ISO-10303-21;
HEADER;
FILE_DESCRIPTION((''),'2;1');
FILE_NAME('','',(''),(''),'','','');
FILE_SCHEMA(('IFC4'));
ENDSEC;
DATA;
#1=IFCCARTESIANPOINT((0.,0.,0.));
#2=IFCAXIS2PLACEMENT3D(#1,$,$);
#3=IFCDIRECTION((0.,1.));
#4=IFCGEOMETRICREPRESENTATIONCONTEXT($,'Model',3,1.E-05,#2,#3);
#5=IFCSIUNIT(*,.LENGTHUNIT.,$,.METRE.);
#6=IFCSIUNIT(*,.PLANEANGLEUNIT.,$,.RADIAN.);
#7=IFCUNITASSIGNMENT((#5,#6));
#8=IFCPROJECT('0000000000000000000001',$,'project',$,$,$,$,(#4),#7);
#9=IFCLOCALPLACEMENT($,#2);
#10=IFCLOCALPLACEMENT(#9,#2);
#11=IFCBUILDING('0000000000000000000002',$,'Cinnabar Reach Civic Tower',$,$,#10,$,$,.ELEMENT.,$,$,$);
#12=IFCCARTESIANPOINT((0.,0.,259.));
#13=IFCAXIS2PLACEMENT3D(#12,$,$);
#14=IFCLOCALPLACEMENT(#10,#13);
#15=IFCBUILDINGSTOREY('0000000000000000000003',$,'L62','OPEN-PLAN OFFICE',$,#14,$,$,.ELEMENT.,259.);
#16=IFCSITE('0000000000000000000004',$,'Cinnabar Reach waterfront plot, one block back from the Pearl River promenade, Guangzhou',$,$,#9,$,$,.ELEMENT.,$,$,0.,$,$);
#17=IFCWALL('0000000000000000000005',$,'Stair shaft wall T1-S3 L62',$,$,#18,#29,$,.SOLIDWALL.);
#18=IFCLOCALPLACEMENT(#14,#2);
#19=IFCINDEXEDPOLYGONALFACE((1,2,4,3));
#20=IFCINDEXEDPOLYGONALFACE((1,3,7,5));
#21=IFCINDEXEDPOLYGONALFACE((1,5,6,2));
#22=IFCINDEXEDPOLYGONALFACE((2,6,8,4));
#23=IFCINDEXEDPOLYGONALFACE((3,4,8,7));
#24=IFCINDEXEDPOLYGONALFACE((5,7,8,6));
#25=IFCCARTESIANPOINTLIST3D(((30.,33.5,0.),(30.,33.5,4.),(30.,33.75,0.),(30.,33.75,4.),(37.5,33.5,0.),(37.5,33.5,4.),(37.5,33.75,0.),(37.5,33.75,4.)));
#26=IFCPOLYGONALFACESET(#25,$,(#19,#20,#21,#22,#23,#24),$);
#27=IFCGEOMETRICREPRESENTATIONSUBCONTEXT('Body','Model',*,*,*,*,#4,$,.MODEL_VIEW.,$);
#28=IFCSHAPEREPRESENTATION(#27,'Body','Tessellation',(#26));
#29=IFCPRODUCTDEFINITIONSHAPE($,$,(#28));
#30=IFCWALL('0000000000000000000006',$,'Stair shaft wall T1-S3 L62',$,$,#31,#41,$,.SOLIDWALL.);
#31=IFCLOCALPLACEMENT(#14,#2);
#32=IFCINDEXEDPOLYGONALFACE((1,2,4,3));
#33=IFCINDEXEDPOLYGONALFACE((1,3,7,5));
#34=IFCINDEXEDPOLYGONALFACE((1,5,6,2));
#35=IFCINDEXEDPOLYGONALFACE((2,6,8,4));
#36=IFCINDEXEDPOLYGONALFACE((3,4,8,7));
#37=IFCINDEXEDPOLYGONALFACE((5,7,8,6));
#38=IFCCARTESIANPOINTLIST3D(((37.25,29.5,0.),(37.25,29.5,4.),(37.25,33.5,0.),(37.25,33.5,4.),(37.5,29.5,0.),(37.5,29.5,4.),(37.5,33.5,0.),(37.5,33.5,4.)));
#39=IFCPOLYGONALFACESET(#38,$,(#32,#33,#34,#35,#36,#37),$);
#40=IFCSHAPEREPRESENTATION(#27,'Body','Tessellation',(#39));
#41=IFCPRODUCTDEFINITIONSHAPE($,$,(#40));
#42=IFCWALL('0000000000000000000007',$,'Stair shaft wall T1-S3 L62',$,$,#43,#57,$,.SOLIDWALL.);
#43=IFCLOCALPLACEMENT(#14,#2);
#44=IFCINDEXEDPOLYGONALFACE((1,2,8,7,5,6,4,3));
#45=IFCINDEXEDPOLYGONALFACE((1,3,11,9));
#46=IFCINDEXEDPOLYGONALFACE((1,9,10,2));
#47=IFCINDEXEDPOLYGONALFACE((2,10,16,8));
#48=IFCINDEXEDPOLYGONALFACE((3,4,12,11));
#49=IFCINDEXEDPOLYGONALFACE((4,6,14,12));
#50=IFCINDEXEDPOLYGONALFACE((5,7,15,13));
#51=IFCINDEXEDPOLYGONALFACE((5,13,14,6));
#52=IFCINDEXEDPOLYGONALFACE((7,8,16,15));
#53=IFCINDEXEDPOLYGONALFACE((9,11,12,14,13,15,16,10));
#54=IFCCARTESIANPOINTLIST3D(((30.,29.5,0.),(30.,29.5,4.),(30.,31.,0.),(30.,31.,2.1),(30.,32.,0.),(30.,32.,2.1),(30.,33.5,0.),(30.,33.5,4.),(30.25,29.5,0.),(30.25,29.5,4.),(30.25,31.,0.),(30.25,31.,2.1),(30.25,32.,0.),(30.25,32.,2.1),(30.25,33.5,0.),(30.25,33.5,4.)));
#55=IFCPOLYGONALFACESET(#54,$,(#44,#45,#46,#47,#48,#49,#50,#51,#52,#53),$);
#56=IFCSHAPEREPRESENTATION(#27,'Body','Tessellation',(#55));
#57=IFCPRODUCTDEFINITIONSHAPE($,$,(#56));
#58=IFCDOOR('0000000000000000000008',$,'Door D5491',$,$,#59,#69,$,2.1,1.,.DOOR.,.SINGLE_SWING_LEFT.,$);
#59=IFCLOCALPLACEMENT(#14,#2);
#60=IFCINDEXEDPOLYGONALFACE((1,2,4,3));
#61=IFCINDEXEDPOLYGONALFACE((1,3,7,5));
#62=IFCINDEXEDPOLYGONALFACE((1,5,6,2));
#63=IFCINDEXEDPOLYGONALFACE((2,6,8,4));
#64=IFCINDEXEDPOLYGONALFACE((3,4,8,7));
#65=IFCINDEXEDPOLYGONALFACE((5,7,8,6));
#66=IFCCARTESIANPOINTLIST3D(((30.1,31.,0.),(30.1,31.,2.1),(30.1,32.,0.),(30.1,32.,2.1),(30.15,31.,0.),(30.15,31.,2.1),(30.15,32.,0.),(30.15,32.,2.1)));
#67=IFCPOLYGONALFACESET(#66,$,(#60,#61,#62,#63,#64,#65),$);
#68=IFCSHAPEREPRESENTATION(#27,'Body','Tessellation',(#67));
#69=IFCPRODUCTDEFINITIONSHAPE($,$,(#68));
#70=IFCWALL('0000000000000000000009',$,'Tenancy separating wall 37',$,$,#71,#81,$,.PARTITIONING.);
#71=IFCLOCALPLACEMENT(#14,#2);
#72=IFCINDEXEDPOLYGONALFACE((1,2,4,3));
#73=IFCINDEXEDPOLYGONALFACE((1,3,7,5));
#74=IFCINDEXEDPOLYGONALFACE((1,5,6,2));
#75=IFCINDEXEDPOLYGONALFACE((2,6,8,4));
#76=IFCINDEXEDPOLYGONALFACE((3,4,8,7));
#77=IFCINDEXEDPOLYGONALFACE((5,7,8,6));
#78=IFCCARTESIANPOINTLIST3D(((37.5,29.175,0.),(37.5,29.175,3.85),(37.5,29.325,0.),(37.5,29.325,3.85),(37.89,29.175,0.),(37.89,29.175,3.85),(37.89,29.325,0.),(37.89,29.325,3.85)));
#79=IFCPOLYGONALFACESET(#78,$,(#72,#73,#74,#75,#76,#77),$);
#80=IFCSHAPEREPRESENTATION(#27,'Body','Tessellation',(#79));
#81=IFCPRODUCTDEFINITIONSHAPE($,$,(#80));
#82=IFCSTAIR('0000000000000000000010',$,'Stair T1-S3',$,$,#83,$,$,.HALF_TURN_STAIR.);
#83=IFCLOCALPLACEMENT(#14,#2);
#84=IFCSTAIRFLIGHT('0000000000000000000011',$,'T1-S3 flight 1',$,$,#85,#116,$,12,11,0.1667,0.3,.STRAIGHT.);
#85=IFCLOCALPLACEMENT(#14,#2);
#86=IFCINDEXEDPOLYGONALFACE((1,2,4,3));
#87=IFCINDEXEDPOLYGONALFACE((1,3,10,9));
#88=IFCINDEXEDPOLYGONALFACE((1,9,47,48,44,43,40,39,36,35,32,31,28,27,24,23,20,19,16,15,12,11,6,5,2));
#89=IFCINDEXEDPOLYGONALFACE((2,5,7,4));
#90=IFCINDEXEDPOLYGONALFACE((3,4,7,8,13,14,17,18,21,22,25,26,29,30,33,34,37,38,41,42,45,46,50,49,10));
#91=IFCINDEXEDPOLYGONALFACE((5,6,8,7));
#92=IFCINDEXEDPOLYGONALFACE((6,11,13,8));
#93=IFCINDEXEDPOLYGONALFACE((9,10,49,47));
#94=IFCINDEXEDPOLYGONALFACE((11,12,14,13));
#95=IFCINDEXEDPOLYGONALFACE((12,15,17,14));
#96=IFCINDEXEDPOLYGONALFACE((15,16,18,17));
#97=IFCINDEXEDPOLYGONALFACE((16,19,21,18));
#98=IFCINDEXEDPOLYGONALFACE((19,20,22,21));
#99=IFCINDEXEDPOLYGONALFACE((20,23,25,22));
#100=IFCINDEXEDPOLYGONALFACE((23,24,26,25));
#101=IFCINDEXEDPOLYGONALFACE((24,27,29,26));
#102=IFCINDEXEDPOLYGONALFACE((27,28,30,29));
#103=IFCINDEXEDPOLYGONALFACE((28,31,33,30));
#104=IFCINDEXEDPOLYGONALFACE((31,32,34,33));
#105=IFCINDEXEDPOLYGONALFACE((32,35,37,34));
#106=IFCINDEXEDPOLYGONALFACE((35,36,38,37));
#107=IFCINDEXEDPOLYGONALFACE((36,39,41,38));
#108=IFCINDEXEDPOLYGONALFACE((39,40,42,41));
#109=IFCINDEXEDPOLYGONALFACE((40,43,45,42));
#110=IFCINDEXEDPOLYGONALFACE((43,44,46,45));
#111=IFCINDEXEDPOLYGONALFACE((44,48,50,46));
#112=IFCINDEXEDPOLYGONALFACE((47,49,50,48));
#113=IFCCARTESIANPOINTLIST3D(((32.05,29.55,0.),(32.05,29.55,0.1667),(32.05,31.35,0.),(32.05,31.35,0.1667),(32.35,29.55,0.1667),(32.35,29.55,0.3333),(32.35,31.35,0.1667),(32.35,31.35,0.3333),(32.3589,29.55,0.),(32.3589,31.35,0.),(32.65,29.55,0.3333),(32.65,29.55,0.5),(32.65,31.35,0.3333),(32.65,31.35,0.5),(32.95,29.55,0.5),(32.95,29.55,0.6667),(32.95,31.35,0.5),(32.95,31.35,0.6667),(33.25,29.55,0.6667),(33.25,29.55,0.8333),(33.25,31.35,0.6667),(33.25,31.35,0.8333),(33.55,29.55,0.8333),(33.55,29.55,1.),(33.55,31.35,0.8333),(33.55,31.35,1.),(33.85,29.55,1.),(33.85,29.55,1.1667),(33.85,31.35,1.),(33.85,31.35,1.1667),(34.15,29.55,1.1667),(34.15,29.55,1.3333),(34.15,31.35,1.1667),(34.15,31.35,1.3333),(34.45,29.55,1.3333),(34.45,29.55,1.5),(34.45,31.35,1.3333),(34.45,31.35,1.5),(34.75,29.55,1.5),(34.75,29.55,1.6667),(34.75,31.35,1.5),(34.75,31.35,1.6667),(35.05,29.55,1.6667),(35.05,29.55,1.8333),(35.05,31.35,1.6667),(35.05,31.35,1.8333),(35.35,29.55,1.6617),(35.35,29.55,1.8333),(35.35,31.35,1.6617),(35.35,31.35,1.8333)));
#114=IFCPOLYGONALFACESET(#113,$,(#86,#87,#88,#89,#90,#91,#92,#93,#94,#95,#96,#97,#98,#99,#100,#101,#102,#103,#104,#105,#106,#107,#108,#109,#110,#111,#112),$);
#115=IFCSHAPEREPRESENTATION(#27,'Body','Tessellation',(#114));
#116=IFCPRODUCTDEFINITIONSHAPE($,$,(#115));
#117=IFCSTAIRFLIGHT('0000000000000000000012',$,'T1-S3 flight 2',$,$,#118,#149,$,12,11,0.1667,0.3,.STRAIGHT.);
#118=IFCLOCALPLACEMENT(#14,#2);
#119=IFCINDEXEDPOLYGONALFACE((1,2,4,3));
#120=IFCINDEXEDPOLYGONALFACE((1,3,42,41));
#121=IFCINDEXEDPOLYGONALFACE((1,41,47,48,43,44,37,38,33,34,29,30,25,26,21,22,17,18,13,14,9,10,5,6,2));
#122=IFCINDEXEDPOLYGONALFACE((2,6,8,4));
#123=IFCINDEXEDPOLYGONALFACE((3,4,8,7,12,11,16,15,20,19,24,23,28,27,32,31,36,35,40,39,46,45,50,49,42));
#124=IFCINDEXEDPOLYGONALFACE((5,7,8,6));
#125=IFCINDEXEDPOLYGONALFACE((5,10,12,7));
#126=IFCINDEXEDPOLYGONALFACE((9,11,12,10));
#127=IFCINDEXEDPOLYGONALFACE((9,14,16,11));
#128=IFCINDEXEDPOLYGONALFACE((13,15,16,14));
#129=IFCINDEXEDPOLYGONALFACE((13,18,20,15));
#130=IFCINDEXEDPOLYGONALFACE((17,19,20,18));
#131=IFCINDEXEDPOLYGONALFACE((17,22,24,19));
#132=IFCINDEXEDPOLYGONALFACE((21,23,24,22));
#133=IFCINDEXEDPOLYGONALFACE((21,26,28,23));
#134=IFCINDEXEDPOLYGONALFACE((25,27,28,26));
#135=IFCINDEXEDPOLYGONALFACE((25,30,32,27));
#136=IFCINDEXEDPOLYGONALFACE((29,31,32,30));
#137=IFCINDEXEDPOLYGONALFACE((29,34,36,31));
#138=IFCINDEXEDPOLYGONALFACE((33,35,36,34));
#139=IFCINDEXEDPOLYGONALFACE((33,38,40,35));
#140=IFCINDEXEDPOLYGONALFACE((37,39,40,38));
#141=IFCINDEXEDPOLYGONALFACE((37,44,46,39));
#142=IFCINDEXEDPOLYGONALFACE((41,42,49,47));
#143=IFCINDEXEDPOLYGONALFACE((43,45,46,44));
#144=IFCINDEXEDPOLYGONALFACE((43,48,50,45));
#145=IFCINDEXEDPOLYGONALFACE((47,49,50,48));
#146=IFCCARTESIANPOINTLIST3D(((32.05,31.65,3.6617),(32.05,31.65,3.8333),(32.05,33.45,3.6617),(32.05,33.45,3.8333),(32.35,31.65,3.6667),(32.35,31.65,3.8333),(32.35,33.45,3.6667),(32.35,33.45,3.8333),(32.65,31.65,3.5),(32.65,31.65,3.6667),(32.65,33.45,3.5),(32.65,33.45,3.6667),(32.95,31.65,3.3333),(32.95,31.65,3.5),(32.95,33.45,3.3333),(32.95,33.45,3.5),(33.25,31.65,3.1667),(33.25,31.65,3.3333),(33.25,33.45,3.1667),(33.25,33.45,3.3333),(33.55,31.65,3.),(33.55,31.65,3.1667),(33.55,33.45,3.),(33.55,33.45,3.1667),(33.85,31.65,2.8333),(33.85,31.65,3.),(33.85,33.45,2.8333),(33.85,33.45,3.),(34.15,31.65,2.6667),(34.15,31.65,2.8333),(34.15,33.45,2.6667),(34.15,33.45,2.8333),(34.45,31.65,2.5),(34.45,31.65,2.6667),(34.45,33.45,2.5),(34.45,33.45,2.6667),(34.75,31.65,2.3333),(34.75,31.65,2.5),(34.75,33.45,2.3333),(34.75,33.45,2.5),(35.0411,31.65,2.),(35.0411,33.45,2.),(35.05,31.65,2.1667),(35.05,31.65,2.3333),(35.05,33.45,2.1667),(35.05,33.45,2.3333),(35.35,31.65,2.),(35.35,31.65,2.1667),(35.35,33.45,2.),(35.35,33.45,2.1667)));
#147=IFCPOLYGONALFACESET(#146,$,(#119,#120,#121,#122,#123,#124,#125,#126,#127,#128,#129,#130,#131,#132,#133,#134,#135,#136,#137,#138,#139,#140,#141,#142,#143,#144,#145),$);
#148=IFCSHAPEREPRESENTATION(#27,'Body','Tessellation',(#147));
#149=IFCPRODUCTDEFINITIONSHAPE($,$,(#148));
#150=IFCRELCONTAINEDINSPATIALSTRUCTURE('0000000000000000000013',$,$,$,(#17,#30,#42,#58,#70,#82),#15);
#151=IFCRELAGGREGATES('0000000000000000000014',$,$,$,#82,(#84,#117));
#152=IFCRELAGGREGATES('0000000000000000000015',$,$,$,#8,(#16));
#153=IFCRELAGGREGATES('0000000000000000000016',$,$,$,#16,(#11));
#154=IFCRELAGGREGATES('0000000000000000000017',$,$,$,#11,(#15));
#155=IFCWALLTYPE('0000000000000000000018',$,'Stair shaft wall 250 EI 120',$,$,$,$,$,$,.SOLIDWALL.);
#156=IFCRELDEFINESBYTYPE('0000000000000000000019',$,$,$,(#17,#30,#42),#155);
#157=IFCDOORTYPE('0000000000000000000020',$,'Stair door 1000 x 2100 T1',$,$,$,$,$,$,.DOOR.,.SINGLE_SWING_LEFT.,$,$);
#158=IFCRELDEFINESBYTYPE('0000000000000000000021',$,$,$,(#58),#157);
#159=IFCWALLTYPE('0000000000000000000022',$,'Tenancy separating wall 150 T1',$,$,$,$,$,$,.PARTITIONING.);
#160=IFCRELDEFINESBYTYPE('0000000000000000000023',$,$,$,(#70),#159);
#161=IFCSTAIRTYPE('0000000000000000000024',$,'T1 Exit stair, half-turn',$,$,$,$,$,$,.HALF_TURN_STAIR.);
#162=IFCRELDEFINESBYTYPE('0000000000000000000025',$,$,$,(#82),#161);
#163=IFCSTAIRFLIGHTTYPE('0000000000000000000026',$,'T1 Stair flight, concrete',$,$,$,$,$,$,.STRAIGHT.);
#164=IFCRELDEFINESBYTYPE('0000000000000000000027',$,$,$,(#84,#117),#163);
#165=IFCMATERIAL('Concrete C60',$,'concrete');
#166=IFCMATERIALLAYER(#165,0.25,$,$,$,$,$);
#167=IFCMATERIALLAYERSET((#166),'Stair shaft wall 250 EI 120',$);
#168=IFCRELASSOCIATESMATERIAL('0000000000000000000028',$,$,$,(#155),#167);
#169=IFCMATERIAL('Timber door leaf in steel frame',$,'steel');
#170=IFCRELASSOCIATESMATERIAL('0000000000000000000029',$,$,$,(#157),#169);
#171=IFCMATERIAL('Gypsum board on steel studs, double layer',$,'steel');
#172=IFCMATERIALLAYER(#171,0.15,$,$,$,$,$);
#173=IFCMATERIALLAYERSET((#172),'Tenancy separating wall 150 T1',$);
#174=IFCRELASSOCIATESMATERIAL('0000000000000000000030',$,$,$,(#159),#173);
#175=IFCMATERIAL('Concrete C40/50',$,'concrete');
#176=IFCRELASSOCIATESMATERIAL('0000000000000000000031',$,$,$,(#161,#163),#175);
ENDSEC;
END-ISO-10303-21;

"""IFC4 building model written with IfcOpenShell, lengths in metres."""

from ifc_helpers import new_model, si_unit, direction, frame, frame_2d, origin, place, context, subcontext, project, spatial, polyline, rectangle, outline, extrude, material, layer, layer_set, type_object, element, fill, aggregate, save


model = new_model("IFC4")

# Units and contexts
model_context = context("Model", 3, precision=1e-05, world=origin(), true_north=direction((0.0, 1.0)))
body_context = subcontext(model_context, "Body", "Model", "MODEL_VIEW")
ifc_project = project(units=[si_unit("LENGTHUNIT", "METRE"), si_unit("PLANEANGLEUNIT", "RADIAN")], contexts=[model_context])

# Site, building, storey
site_placement = place(None, origin())
site = spatial("IfcSite", under=ifc_project, at=site_placement, Name="Cinnabar Reach waterfront plot, one block back from the Pearl River promenade, Guangzhou", CompositionType="ELEMENT", RefElevation=0.0)
building_placement = place(site_placement, origin())
building = spatial("IfcBuilding", under=site, at=building_placement, Name="Cinnabar Reach Civic Tower", CompositionType="ELEMENT")
storey_placement = place(building_placement, frame((0.0, 0.0, 259.0)))
storey = spatial("IfcBuildingStorey", under=building, at=storey_placement, Name="L62", Description="OPEN-PLAN OFFICE", CompositionType="ELEMENT", Elevation=259.0)

# Shared definitions
ifc_material_1 = material(Name="Concrete C60", Category="concrete")

# Walls
ifc_material_2 = material(Name="Gypsum board on steel studs, double layer", Category="steel")
ifc_layer_1 = layer(ifc_material_1, 0.25)
ifc_layer_set_1 = layer_set([ifc_layer_1], Name="Stair shaft wall 250 EI 120")
wall_type_1 = type_object("IfcWallType", Name="Stair shaft wall 250 EI 120", PredefinedType="SOLIDWALL", material=ifc_layer_set_1)
for number, where, z_axis, x_axis, name in (
    (1, (37.5, 33.625, 0.0), (0.0, 0.0, 1.0), (-1.0, 0.0, 0.0), "Stair shaft wall T1-S3 L62"),
):
    element("IfcWall", number, at=place(storey_placement, frame(where, z_axis=z_axis, x_axis=x_axis)), inside=storey, type_object=wall_type_1, Name=name, PredefinedType="SOLIDWALL", context=body_context, shape_type="SweptSolid", body=[
        extrude(rectangle(XDim=7.5, YDim=0.25, at=frame_2d((3.75, 0.0))), origin(), (0.0, 0.0, 1.0), 4.0),
    ])
wall_1_placement = place(storey_placement, frame((37.375, 29.5, 0.0), z_axis=(0.0, 0.0, 1.0), x_axis=(0.0, 1.0, 0.0)))
element("IfcWall", 2, at=wall_1_placement, inside=storey, type_object=wall_type_1, Name="Stair shaft wall T1-S3 L62", PredefinedType="SOLIDWALL", context=body_context, shape_type="SweptSolid", body=[
    extrude(rectangle(XDim=4.0, YDim=0.25, at=frame_2d((2.0, 0.0))), origin(), (0.0, 0.0, 1.0), 4.0),
])

# Wall, opening, door
wall_2_placement = place(storey_placement, frame((30.125, 33.5, 0.0), z_axis=(0.0, 0.0, 1.0), x_axis=(0.0, -1.0, 0.0)))
wall_2 = element("IfcWall", 3, at=wall_2_placement, inside=storey, type_object=wall_type_1, Name="Stair shaft wall T1-S3 L62", PredefinedType="SOLIDWALL", context=body_context, shape_type="SweptSolid", body=[
    extrude(rectangle(XDim=4.0, YDim=0.25, at=frame_2d((2.0, 0.0))), origin(), (0.0, 0.0, 1.0), 4.0),
])
opening_1_placement = place(wall_2_placement, frame((1.5, 0.0, 0.0)))
opening_1 = element("IfcOpeningElement", 4, at=opening_1_placement, cuts=wall_2, PredefinedType="OPENING", context=body_context, shape_type="SweptSolid", body=[
    extrude(rectangle(XDim=1.0, YDim=2.1, at=frame_2d((0.5, 1.05))), frame((0.0, 0.135, 0.0), z_axis=(0.0, -1.0, 0.0), x_axis=(1.0, 0.0, 0.0)), (0.0, 0.0, 1.0), 0.27),
])
ifc_material_3 = material(Name="Timber door leaf in steel frame", Category="steel")
door_type = type_object("IfcDoorType", Name="Stair door 1000 x 2100 T1", OperationType="SINGLE_SWING_LEFT", PredefinedType="DOOR", material=ifc_material_3)
door_placement = place(opening_1_placement, origin())
door = element("IfcDoor", 5, at=door_placement, inside=storey, type_object=door_type, Name="Door D5491", OperationType="SINGLE_SWING_LEFT", OverallHeight=2.1, OverallWidth=1.0, PredefinedType="DOOR", context=body_context, shape_type="SweptSolid", body=[
    extrude(rectangle(XDim=1.0, YDim=2.1, at=frame_2d((0.5, 1.05))), frame((0.0, 0.025, 0.0), z_axis=(0.0, -1.0, 0.0), x_axis=(1.0, 0.0, 0.0)), (0.0, 0.0, 1.0), 0.05),
])
fill(opening_1, door)

# Wall
ifc_layer_2 = layer(ifc_material_2, 0.15)
ifc_layer_set_2 = layer_set([ifc_layer_2], Name="Tenancy separating wall 150 T1")
wall_type_2 = type_object("IfcWallType", Name="Tenancy separating wall 150 T1", PredefinedType="PARTITIONING", material=ifc_layer_set_2)
wall_3_placement = place(storey_placement, frame((37.5, 29.25, 0.0), z_axis=(0.0, 0.0, 1.0), x_axis=(1.0, 0.0, 0.0)))
element("IfcWall", 6, at=wall_3_placement, inside=storey, type_object=wall_type_2, Name="Tenancy separating wall 37", PredefinedType="PARTITIONING", context=body_context, shape_type="SweptSolid", body=[
    extrude(rectangle(XDim=0.39, YDim=0.15, at=frame_2d((0.195, 0.0))), origin(), (0.0, 0.0, 1.0), 3.85),
])

# Stair, stair flights
ifc_material_4 = material(Name="Concrete C40/50", Category="concrete")
stair_type = type_object("IfcStairType", Name="T1 Exit stair, half-turn", PredefinedType="HALF_TURN_STAIR", material=ifc_material_4)
stair_placement = place(storey_placement, origin())
stair = element("IfcStair", 7, at=stair_placement, inside=storey, type_object=stair_type, Name="Stair T1-S3", PredefinedType="HALF_TURN_STAIR")
stair_flight_type = type_object("IfcStairFlightType", Name="T1 Stair flight, concrete", PredefinedType="STRAIGHT", material=ifc_material_4)
stair_flight_1_placement = place(storey_placement, frame((32.05, 30.45, 0.0), z_axis=(0.0, 0.0, 1.0), x_axis=(1.0, 0.0, 0.0)))
stair_flight_1 = element("IfcStairFlight", 8, at=stair_flight_1_placement, type_object=stair_flight_type, Name="T1-S3 flight 1", NumberOfRisers=12, NumberOfTreads=11, PredefinedType="STRAIGHT", RiserHeight=0.1667, TreadLength=0.3, context=body_context, shape_type="SweptSolid", body=[
    extrude(outline(polyline([(0.0, 0.0), (0.0, 0.1667), (0.3, 0.1667), (0.3, 0.3333), (0.6, 0.3333), (0.6, 0.5), (0.9, 0.5), (0.9, 0.6667), (1.2, 0.6667), (1.2, 0.8333), (1.5, 0.8333), (1.5, 1.0), (1.8, 1.0), (1.8, 1.1667), (2.1, 1.1667), (2.1, 1.3333), (2.4, 1.3333), (2.4, 1.5), (2.7, 1.5), (2.7, 1.6667), (3.0, 1.6667), (3.0, 1.8333), (3.3, 1.8333), (3.3, 2.0), (3.3, 1.6617), (0.3089, 0.0), (0.0, 0.0)])), frame((0.0, 0.9, 0.0), z_axis=(0.0, -1.0, 0.0), x_axis=(1.0, 0.0, 0.0)), (0.0, 0.0, 1.0), 1.8),
])
stair_flight_2_placement = place(storey_placement, frame((35.35, 32.55, 2.0), z_axis=(0.0, 0.0, 1.0), x_axis=(-1.0, 0.0, 0.0)))
stair_flight_2 = element("IfcStairFlight", 9, at=stair_flight_2_placement, type_object=stair_flight_type, Name="T1-S3 flight 2", NumberOfRisers=12, NumberOfTreads=11, PredefinedType="STRAIGHT", RiserHeight=0.1667, TreadLength=0.3, context=body_context, shape_type="SweptSolid", body=[
    extrude(outline(polyline([(0.0, 0.0), (0.0, 0.1667), (0.3, 0.1667), (0.3, 0.3333), (0.6, 0.3333), (0.6, 0.5), (0.9, 0.5), (0.9, 0.6667), (1.2, 0.6667), (1.2, 0.8333), (1.5, 0.8333), (1.5, 1.0), (1.8, 1.0), (1.8, 1.1667), (2.1, 1.1667), (2.1, 1.3333), (2.4, 1.3333), (2.4, 1.5), (2.7, 1.5), (2.7, 1.6667), (3.0, 1.6667), (3.0, 1.8333), (3.3, 1.8333), (3.3, 2.0), (3.3, 1.6617), (0.3089, 0.0), (0.0, 0.0)])), frame((0.0, 0.9, 0.0), z_axis=(0.0, -1.0, 0.0), x_axis=(1.0, 0.0, 0.0)), (0.0, 0.0, 1.0), 1.8),
])
aggregate(stair, [stair_flight_1, stair_flight_2])

save(model, "model.ifc")
